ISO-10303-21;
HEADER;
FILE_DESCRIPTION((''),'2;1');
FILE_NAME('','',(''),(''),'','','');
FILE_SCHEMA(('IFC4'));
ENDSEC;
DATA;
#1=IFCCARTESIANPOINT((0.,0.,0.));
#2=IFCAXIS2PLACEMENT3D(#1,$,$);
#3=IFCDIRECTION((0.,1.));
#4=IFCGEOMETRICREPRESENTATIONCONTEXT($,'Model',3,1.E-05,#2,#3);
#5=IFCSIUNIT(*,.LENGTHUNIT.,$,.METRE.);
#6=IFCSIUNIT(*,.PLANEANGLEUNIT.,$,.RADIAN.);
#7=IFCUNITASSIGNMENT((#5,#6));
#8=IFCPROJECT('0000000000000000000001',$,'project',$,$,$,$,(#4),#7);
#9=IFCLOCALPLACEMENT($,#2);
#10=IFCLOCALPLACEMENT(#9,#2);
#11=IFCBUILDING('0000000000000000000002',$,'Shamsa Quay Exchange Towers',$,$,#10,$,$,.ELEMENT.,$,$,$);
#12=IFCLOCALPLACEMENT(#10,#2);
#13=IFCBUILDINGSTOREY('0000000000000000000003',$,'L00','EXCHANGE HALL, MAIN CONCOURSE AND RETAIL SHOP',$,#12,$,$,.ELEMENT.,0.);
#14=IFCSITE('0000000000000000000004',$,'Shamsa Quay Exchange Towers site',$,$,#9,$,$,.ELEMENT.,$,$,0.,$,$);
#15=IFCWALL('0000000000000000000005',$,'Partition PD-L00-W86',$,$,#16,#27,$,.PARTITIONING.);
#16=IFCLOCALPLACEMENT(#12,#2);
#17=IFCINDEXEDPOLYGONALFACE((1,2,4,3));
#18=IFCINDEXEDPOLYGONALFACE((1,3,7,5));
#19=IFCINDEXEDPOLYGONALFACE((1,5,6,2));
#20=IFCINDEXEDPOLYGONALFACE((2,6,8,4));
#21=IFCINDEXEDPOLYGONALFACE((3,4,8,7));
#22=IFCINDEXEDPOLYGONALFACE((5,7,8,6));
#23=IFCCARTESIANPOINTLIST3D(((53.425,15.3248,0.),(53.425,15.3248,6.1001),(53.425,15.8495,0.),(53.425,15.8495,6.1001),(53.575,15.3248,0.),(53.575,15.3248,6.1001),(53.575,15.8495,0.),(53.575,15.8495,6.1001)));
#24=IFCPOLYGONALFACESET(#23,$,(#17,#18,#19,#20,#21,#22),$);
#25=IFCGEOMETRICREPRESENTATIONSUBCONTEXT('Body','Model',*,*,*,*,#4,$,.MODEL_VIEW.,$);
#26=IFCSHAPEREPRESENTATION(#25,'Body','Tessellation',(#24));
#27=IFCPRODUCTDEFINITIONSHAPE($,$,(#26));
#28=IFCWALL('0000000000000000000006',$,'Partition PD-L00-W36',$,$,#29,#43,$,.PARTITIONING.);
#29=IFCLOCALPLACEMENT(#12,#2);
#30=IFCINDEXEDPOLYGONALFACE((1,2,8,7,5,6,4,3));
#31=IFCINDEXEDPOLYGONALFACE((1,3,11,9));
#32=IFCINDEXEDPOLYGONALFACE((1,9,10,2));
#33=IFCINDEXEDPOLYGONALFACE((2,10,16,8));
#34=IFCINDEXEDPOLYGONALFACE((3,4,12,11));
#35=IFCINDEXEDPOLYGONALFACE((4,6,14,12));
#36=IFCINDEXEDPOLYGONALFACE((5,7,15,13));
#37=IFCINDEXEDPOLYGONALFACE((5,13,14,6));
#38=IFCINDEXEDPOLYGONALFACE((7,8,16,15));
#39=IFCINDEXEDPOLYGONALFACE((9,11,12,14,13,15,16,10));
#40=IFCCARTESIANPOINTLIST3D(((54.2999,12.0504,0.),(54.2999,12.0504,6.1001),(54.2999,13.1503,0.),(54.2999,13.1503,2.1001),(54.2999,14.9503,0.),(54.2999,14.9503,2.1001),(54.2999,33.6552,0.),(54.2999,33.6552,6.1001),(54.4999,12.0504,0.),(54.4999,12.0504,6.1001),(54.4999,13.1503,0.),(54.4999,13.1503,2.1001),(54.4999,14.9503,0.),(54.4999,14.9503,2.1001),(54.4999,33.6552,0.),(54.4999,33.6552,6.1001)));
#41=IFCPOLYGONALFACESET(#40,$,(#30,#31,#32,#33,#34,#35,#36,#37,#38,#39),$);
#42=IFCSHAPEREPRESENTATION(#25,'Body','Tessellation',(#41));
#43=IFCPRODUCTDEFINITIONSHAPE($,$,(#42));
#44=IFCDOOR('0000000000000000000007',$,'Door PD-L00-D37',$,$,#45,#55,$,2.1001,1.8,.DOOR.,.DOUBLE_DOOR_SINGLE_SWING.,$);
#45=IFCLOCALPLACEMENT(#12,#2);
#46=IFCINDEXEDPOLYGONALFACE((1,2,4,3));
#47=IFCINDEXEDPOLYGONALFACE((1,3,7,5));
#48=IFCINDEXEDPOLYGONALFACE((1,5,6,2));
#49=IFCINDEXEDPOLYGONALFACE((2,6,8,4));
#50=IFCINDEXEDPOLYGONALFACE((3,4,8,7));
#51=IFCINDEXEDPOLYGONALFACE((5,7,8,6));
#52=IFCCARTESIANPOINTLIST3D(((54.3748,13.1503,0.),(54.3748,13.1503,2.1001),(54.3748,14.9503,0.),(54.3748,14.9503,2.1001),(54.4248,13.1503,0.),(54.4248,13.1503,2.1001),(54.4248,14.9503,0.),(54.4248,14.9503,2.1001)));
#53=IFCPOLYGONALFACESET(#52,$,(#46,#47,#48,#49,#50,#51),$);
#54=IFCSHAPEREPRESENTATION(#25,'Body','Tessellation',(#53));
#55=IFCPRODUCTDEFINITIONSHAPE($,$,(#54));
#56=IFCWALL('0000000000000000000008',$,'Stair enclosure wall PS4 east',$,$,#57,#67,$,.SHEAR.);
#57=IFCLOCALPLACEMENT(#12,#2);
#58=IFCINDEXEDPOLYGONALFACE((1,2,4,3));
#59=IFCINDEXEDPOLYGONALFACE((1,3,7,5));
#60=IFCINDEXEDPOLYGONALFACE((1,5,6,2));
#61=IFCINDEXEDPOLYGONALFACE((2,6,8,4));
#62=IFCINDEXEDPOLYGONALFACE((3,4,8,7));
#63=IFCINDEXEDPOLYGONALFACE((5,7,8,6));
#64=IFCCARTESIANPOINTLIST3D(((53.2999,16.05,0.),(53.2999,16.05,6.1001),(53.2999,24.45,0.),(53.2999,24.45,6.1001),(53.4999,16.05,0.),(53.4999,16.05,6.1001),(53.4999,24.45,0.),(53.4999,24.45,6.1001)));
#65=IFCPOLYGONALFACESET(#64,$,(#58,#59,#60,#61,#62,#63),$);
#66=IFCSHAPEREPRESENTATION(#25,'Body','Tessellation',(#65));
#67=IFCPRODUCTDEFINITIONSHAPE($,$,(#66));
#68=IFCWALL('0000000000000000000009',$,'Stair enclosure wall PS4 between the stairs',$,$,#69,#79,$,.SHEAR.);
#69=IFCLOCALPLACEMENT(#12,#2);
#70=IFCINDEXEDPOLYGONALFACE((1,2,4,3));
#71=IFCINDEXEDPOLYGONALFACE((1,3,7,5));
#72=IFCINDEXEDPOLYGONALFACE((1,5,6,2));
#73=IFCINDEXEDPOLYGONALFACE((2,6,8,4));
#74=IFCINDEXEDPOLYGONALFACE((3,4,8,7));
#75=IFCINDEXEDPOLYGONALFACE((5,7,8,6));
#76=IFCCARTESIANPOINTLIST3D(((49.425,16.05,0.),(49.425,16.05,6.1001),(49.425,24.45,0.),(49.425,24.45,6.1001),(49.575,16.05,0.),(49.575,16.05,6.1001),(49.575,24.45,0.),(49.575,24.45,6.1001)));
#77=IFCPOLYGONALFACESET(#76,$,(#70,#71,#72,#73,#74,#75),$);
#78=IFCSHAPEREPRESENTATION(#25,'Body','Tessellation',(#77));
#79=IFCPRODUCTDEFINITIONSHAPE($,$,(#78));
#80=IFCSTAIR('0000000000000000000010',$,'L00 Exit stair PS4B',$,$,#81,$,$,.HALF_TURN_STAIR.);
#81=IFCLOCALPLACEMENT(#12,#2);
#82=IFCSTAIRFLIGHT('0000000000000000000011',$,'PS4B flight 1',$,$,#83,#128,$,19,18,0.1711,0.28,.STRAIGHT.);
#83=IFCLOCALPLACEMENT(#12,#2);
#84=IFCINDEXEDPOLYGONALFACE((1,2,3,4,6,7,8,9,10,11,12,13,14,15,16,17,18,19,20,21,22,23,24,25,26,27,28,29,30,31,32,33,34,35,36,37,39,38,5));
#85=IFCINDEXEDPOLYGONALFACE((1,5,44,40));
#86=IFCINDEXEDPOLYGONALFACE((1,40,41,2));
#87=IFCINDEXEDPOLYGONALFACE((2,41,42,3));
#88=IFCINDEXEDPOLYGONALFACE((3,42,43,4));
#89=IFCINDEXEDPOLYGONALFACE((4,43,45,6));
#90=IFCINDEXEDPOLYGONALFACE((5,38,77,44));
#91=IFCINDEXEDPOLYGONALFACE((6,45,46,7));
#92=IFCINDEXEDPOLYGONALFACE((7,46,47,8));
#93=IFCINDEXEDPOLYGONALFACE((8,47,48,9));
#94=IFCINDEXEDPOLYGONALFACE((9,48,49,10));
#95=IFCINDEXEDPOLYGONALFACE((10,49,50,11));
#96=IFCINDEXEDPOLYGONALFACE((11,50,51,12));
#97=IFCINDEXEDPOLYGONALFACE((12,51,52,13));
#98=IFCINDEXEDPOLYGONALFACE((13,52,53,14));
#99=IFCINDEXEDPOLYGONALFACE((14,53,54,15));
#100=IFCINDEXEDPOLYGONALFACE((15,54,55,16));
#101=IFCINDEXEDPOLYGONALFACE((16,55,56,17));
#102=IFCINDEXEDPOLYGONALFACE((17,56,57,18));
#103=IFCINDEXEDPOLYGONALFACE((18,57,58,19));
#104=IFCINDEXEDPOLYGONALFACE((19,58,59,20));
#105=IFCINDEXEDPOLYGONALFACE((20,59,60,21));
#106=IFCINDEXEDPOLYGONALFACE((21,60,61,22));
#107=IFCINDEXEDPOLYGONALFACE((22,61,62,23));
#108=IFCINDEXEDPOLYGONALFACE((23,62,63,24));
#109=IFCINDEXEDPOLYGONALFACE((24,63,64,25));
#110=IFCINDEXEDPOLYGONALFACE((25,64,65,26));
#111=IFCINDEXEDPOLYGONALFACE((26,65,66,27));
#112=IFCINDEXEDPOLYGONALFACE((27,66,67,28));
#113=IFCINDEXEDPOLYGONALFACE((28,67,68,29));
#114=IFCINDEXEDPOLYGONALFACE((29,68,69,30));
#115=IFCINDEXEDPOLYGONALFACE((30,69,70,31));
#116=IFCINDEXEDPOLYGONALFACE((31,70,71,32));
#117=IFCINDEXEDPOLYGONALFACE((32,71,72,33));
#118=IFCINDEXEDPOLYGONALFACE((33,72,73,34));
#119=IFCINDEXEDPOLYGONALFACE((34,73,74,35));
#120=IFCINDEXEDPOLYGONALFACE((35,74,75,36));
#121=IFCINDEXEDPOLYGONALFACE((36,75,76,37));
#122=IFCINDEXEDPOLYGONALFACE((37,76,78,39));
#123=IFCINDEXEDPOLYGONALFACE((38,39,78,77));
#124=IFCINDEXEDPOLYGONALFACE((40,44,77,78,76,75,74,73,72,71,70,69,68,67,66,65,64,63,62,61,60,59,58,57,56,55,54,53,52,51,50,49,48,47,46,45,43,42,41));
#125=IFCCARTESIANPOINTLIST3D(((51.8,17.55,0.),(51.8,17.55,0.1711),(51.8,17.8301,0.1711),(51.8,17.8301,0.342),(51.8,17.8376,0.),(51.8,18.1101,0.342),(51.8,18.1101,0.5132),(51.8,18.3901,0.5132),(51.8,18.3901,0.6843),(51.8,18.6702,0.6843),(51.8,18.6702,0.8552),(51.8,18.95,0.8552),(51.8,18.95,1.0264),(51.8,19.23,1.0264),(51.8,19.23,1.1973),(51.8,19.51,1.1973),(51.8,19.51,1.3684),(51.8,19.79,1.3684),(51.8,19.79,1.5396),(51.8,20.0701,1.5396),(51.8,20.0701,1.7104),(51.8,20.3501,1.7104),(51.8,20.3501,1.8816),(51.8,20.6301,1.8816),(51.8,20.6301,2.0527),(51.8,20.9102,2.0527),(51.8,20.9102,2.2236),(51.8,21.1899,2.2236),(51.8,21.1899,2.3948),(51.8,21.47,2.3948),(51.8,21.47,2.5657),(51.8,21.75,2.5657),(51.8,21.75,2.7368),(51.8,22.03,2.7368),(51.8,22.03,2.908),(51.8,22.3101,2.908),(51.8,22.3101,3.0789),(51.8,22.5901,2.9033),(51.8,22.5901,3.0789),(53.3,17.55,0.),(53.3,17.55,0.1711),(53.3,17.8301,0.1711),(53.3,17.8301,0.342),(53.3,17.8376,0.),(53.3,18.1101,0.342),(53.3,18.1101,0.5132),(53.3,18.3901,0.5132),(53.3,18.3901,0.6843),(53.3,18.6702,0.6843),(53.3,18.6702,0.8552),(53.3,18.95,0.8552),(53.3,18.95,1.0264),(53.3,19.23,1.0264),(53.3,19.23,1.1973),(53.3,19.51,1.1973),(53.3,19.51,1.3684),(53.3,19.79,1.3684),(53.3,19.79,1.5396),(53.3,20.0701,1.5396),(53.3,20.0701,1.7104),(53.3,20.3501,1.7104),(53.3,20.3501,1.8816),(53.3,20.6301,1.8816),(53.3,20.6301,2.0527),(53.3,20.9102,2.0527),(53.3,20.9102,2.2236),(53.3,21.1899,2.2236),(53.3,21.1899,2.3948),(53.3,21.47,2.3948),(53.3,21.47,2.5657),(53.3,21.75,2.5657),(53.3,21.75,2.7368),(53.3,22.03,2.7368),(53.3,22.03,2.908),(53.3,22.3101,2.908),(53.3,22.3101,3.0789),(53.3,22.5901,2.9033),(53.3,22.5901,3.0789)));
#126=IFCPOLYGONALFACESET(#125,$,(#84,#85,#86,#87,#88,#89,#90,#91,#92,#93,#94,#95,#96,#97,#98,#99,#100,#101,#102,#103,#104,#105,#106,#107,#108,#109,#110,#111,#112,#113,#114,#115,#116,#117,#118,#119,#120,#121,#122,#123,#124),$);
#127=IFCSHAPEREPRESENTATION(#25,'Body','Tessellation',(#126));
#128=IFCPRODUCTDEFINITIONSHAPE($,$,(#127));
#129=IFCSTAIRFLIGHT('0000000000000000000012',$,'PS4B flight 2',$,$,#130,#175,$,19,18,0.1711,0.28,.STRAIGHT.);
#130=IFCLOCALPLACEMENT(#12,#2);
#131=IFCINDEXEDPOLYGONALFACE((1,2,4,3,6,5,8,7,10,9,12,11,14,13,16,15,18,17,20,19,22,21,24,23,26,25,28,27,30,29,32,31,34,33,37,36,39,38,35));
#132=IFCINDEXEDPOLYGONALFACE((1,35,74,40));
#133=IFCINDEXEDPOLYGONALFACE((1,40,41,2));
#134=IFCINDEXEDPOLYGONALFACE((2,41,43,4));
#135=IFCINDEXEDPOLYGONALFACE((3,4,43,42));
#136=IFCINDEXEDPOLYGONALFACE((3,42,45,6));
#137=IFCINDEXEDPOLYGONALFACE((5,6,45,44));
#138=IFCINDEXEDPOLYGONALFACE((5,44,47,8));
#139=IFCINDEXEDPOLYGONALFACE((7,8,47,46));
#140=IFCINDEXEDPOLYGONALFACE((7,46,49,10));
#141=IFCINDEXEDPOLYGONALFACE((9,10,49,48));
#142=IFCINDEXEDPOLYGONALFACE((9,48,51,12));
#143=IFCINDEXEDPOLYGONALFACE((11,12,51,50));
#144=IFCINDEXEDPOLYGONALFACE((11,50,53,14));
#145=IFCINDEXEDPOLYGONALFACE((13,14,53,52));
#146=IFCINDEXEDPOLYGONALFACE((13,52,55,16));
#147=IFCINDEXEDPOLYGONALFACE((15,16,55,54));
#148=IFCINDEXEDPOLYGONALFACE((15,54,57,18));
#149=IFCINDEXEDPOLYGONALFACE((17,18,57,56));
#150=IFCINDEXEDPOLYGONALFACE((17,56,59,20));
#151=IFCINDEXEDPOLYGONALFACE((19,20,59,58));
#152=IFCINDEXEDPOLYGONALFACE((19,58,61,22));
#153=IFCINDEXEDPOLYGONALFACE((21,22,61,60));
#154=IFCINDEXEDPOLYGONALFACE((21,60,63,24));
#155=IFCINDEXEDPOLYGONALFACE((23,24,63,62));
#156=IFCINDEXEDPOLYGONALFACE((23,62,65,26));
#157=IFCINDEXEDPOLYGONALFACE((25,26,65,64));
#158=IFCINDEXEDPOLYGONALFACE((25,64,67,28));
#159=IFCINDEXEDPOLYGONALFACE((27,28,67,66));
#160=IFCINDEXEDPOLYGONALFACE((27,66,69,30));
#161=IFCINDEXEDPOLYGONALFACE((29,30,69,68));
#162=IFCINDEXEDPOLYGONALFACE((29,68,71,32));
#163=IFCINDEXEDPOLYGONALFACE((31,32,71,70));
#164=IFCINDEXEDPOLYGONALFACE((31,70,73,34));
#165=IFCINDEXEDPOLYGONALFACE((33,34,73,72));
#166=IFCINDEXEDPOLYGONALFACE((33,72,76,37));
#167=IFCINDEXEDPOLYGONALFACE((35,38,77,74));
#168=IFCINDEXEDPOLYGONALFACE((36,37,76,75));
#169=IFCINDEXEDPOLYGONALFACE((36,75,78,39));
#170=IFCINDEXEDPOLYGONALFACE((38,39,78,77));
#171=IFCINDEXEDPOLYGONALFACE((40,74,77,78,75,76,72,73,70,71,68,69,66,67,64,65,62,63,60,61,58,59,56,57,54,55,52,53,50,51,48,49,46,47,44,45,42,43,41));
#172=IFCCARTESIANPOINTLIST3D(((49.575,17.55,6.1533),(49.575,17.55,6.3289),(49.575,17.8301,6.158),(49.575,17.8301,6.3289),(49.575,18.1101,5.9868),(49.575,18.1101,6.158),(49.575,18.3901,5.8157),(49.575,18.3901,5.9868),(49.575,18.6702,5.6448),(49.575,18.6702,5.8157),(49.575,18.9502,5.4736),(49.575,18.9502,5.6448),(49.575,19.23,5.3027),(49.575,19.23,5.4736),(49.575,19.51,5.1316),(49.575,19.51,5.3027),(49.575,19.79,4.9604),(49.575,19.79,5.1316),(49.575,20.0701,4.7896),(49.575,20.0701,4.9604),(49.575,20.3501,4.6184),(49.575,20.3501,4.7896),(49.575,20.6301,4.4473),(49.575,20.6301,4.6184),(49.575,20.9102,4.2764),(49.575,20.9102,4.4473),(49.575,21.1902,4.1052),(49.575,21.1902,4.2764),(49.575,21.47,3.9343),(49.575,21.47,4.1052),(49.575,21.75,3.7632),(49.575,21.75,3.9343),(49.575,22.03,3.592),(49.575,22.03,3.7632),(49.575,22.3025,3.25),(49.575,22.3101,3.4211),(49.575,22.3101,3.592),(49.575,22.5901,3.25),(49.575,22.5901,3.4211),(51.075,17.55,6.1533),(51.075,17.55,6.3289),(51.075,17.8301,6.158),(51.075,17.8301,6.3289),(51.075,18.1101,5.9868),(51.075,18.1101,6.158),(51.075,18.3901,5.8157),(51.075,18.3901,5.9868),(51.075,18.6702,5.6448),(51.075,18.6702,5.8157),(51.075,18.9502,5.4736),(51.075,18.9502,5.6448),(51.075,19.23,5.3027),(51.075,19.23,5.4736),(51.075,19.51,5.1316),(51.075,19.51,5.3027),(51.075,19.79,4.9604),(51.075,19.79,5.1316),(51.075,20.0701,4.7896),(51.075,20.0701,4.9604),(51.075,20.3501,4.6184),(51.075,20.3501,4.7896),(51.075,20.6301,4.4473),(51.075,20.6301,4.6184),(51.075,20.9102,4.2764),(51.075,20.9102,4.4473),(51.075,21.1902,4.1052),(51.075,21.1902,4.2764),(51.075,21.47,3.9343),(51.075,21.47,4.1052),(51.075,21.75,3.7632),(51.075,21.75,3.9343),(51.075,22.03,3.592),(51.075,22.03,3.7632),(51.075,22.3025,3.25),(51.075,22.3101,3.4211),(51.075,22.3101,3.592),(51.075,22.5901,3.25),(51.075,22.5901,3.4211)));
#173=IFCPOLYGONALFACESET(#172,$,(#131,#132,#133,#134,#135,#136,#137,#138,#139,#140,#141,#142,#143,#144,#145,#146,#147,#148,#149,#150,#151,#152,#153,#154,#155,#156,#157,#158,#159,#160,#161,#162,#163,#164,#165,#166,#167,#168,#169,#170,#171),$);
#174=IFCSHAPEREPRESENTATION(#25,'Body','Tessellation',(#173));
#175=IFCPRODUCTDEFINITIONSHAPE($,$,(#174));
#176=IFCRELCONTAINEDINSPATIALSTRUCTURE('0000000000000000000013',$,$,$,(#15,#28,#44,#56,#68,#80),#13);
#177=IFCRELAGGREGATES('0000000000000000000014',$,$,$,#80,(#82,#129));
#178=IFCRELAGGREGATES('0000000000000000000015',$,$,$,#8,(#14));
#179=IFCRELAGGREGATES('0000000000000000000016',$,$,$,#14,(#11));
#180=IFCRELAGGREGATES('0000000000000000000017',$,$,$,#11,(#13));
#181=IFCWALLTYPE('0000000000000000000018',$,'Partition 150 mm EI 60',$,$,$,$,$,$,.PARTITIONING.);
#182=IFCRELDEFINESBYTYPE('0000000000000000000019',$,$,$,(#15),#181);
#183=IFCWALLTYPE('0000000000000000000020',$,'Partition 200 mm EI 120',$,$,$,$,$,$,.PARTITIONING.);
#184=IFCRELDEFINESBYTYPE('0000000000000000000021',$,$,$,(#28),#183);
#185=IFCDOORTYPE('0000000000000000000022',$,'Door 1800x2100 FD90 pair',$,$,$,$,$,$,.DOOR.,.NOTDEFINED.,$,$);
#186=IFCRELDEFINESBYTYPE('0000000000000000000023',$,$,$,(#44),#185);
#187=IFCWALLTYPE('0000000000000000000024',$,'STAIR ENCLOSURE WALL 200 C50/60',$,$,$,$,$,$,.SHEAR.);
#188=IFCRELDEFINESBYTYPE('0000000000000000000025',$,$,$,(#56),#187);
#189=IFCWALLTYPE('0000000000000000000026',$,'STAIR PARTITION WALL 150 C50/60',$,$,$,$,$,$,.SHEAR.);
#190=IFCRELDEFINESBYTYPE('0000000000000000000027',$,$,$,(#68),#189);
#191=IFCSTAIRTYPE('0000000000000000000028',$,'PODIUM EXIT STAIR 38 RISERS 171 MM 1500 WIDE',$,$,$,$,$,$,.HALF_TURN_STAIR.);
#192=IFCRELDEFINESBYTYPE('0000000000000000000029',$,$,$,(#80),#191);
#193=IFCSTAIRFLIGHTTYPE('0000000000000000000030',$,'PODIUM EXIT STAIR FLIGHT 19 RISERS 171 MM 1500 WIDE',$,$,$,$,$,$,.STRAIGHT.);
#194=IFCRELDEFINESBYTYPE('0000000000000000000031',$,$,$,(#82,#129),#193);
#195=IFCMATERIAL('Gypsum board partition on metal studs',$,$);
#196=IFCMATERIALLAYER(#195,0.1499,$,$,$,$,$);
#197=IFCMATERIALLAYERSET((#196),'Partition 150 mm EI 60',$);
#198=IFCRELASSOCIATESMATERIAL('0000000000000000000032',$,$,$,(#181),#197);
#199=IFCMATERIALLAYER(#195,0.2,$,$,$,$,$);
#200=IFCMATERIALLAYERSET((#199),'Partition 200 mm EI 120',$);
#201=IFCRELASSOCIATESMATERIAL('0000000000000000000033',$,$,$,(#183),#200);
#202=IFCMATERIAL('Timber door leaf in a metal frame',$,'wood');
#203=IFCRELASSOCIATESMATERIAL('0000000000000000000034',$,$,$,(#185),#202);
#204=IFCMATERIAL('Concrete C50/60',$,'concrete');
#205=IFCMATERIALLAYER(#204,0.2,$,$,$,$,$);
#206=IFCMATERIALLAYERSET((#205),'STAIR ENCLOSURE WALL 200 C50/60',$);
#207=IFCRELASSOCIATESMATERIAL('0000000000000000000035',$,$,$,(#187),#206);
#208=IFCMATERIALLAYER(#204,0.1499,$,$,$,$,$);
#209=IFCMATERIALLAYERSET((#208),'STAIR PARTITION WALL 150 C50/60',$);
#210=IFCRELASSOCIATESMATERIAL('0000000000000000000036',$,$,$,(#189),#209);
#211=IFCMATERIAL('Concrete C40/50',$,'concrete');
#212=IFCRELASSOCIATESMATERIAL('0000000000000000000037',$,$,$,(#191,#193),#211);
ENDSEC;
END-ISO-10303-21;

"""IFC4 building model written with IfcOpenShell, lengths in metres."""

from ifc_helpers import new_model, si_unit, direction, frame, frame_2d, origin, place, context, subcontext, project, spatial, polyline, rectangle, outline, extrude, material, layer, layer_set, type_object, element, fill, aggregate, save


model = new_model("IFC4")

# Units and contexts
model_context = context("Model", 3, precision=1e-05, world=origin(), true_north=direction((0.0, 1.0)))
body_context = subcontext(model_context, "Body", "Model", "MODEL_VIEW")
ifc_project = project(units=[si_unit("LENGTHUNIT", "METRE"), si_unit("PLANEANGLEUNIT", "RADIAN")], contexts=[model_context])

# Site, building, storey
site_placement = place(None, origin())
site = spatial("IfcSite", under=ifc_project, at=site_placement, Name="Shamsa Quay Exchange Towers site", CompositionType="ELEMENT", RefElevation=0.0)
building_placement = place(site_placement, origin())
building = spatial("IfcBuilding", under=site, at=building_placement, Name="Shamsa Quay Exchange Towers", CompositionType="ELEMENT")
storey_placement = place(building_placement, origin())
storey = spatial("IfcBuildingStorey", under=building, at=storey_placement, Name="L00", Description="EXCHANGE HALL, MAIN CONCOURSE AND RETAIL SHOP", CompositionType="ELEMENT", Elevation=0.0)

# Shared definitions
ifc_material_1 = material(Name="Concrete C40/50", Category="concrete")

# Wall
ifc_material_2 = material(Name="Gypsum board partition on metal studs")
ifc_layer_1 = layer(ifc_material_2, 0.1499)
ifc_layer_set_1 = layer_set([ifc_layer_1], Name="Partition 150 mm EI 60")
wall_type_1 = type_object("IfcWallType", Name="Partition 150 mm EI 60", PredefinedType="PARTITIONING", material=ifc_layer_set_1)
wall_1_placement = place(storey_placement, frame((53.5, 15.325, 0.0), z_axis=(0.0, 0.0, 1.0), x_axis=(0.0, 1.0, 0.0)))
element("IfcWall", 1, at=wall_1_placement, inside=storey, type_object=wall_type_1, Name="Partition PD-L00-W86", PredefinedType="PARTITIONING", context=body_context, shape_type="SweptSolid", body=[
    extrude(rectangle(XDim=0.5247, YDim=0.1499, at=frame_2d((0.2622, 0.0))), origin(), (0.0, 0.0, 1.0), 6.1001),
])

# Wall, opening, door
ifc_layer_2 = layer(ifc_material_2, 0.2)
ifc_layer_set_2 = layer_set([ifc_layer_2], Name="Partition 200 mm EI 120")
wall_type_2 = type_object("IfcWallType", Name="Partition 200 mm EI 120", PredefinedType="PARTITIONING", material=ifc_layer_set_2)
wall_2_placement = place(storey_placement, frame((54.3999, 33.655, 0.0), z_axis=(0.0, 0.0, 1.0), x_axis=(0.0, -1.0, 0.0)))
wall_2 = element("IfcWall", 2, at=wall_2_placement, inside=storey, type_object=wall_type_2, Name="Partition PD-L00-W36", PredefinedType="PARTITIONING", context=body_context, shape_type="SweptSolid", body=[
    extrude(rectangle(XDim=21.6047, YDim=0.2, at=frame_2d((10.8022, 0.0))), origin(), (0.0, 0.0, 1.0), 6.1001),
])
opening_placement = place(wall_2_placement, frame((18.7048, 0.0, 0.0)))
opening = element("IfcOpeningElement", 3, at=opening_placement, cuts=wall_2, PredefinedType="OPENING", context=body_context, shape_type="SweptSolid", body=[
    extrude(rectangle(XDim=1.8, YDim=2.1001, at=frame_2d((0.8999, 1.05))), frame((0.0, 0.1099, 0.0), z_axis=(0.0, -1.0, 0.0), x_axis=(1.0, 0.0, 0.0)), (0.0, 0.0, 1.0), 0.22),
])
ifc_material_3 = material(Name="Timber door leaf in a metal frame", Category="wood")
door_type = type_object("IfcDoorType", Name="Door 1800x2100 FD90 pair", OperationType="NOTDEFINED", PredefinedType="DOOR", material=ifc_material_3)
door_placement = place(opening_placement, origin())
door = element("IfcDoor", 4, at=door_placement, inside=storey, type_object=door_type, Name="Door PD-L00-D37", OperationType="DOUBLE_DOOR_SINGLE_SWING", OverallHeight=2.1001, OverallWidth=1.8, PredefinedType="DOOR", context=body_context, shape_type="SweptSolid", body=[
    extrude(rectangle(XDim=1.8, YDim=2.1001, at=frame_2d((0.8999, 1.05))), frame((0.0, 0.0249, 0.0), z_axis=(0.0, -1.0, 0.0), x_axis=(1.0, 0.0, 0.0)), (0.0, 0.0, 1.0), 0.05),
])
fill(opening, door)

# Walls
ifc_material_4 = material(Name="Concrete C50/60", Category="concrete")
ifc_layer_3 = layer(ifc_material_4, 0.2)
ifc_layer_set_3 = layer_set([ifc_layer_3], Name="STAIR ENCLOSURE WALL 200 C50/60")
wall_type_3 = type_object("IfcWallType", Name="STAIR ENCLOSURE WALL 200 C50/60", PredefinedType="SHEAR", material=ifc_layer_set_3)
wall_3_placement = place(storey_placement, frame((53.3999, 16.05, 0.0), z_axis=(0.0, 0.0, 1.0), x_axis=(0.0, 1.0, 0.0)))
element("IfcWall", 5, at=wall_3_placement, inside=storey, type_object=wall_type_3, Name="Stair enclosure wall PS4 east", PredefinedType="SHEAR", context=body_context, shape_type="SweptSolid", body=[
    extrude(rectangle(XDim=8.3999, YDim=0.2, at=frame_2d((4.2, 0.0))), origin(), (0.0, 0.0, 1.0), 6.1001),
])
ifc_layer_4 = layer(ifc_material_4, 0.1499)
ifc_layer_set_4 = layer_set([ifc_layer_4], Name="STAIR PARTITION WALL 150 C50/60")
wall_type_4 = type_object("IfcWallType", Name="STAIR PARTITION WALL 150 C50/60", PredefinedType="SHEAR", material=ifc_layer_set_4)
wall_4_placement = place(storey_placement, frame((49.5, 16.05, 0.0), z_axis=(0.0, 0.0, 1.0), x_axis=(0.0, 1.0, 0.0)))
element("IfcWall", 6, at=wall_4_placement, inside=storey, type_object=wall_type_4, Name="Stair enclosure wall PS4 between the stairs", PredefinedType="SHEAR", context=body_context, shape_type="SweptSolid", body=[
    extrude(rectangle(XDim=8.3999, YDim=0.1499, at=frame_2d((4.2, 0.0))), origin(), (0.0, 0.0, 1.0), 6.1001),
])

# Stair, stair flights
stair_type = type_object("IfcStairType", Name="PODIUM EXIT STAIR 38 RISERS 171 MM 1500 WIDE", PredefinedType="HALF_TURN_STAIR", material=ifc_material_1)
stair_placement = place(storey_placement, origin())
stair = element("IfcStair", 7, at=stair_placement, inside=storey, type_object=stair_type, Name="L00 Exit stair PS4B", PredefinedType="HALF_TURN_STAIR")
stair_flight_type = type_object("IfcStairFlightType", Name="PODIUM EXIT STAIR FLIGHT 19 RISERS 171 MM 1500 WIDE", PredefinedType="STRAIGHT", material=ifc_material_1)
stair_flight_1_placement = place(storey_placement, frame((52.55, 17.55, 0.0), z_axis=(0.0, 0.0, 1.0), x_axis=(0.0, 1.0, 0.0)))
stair_flight_1 = element("IfcStairFlight", 8, at=stair_flight_1_placement, type_object=stair_flight_type, Name="PS4B flight 1", NumberOfRisers=19, NumberOfTreads=18, PredefinedType="STRAIGHT", RiserHeight=0.1711, TreadLength=0.28, context=body_context, shape_type="SweptSolid", body=[
    extrude(outline(polyline([(0.0, 0.0), (0.0, 0.1711), (0.28, 0.1711), (0.28, 0.342), (0.5601, 0.342), (0.5601, 0.5132), (0.8401, 0.5132), (0.8401, 0.6843), (1.1201, 0.6843), (1.1201, 0.8552), (1.3999, 0.8552), (1.3999, 1.0264), (1.6799, 1.0264), (1.6799, 1.1973), (1.96, 1.1973), (1.96, 1.3684), (2.24, 1.3684), (2.24, 1.5396), (2.52, 1.5396), (2.52, 1.7104), (2.8, 1.7104), (2.8, 1.8816), (3.0801, 1.8816), (3.0801, 2.0527), (3.3601, 2.0527), (3.3601, 2.2236), (3.6399, 2.2236), (3.6399, 2.3948), (3.9199, 2.3948), (3.9199, 2.5657), (4.2, 2.5657), (4.2, 2.7368), (4.48, 2.7368), (4.48, 2.908), (4.76, 2.908), (4.76, 3.0789), (5.04, 3.0789), (5.04, 3.25), (5.04, 2.9033), (0.2876, 0.0), (0.0, 0.0)])), frame((0.0, 0.75, 0.0), z_axis=(0.0, -1.0, 0.0), x_axis=(1.0, 0.0, 0.0)), (0.0, 0.0, 1.0), 1.5),
])
stair_flight_2_placement = place(storey_placement, frame((50.325, 22.5901, 3.25), z_axis=(0.0, 0.0, 1.0), x_axis=(0.0, -1.0, 0.0)))
stair_flight_2 = element("IfcStairFlight", 9, at=stair_flight_2_placement, type_object=stair_flight_type, Name="PS4B flight 2", NumberOfRisers=19, NumberOfTreads=18, PredefinedType="STRAIGHT", RiserHeight=0.1711, TreadLength=0.28, context=body_context, shape_type="SweptSolid", body=[
    extrude(outline(polyline([(0.0, 0.0), (0.0, 0.1711), (0.28, 0.1711), (0.28, 0.342), (0.5601, 0.342), (0.5601, 0.5132), (0.8401, 0.5132), (0.8401, 0.6843), (1.1201, 0.6843), (1.1201, 0.8552), (1.3999, 0.8552), (1.3999, 1.0264), (1.6799, 1.0264), (1.6799, 1.1973), (1.96, 1.1973), (1.96, 1.3684), (2.24, 1.3684), (2.24, 1.5396), (2.52, 1.5396), (2.52, 1.7104), (2.8, 1.7104), (2.8, 1.8816), (3.0801, 1.8816), (3.0801, 2.0527), (3.3601, 2.0527), (3.3601, 2.2236), (3.6399, 2.2236), (3.6399, 2.3948), (3.9199, 2.3948), (3.9199, 2.5657), (4.2, 2.5657), (4.2, 2.7368), (4.48, 2.7368), (4.48, 2.908), (4.76, 2.908), (4.76, 3.0789), (5.04, 3.0789), (5.04, 3.25), (5.04, 2.9033), (0.2876, 0.0), (0.0, 0.0)])), frame((0.0, 0.75, 0.0), z_axis=(0.0, -1.0, 0.0), x_axis=(1.0, 0.0, 0.0)), (0.0, 0.0, 1.0), 1.5),
])
aggregate(stair, [stair_flight_1, stair_flight_2])

save(model, "model.ifc")
